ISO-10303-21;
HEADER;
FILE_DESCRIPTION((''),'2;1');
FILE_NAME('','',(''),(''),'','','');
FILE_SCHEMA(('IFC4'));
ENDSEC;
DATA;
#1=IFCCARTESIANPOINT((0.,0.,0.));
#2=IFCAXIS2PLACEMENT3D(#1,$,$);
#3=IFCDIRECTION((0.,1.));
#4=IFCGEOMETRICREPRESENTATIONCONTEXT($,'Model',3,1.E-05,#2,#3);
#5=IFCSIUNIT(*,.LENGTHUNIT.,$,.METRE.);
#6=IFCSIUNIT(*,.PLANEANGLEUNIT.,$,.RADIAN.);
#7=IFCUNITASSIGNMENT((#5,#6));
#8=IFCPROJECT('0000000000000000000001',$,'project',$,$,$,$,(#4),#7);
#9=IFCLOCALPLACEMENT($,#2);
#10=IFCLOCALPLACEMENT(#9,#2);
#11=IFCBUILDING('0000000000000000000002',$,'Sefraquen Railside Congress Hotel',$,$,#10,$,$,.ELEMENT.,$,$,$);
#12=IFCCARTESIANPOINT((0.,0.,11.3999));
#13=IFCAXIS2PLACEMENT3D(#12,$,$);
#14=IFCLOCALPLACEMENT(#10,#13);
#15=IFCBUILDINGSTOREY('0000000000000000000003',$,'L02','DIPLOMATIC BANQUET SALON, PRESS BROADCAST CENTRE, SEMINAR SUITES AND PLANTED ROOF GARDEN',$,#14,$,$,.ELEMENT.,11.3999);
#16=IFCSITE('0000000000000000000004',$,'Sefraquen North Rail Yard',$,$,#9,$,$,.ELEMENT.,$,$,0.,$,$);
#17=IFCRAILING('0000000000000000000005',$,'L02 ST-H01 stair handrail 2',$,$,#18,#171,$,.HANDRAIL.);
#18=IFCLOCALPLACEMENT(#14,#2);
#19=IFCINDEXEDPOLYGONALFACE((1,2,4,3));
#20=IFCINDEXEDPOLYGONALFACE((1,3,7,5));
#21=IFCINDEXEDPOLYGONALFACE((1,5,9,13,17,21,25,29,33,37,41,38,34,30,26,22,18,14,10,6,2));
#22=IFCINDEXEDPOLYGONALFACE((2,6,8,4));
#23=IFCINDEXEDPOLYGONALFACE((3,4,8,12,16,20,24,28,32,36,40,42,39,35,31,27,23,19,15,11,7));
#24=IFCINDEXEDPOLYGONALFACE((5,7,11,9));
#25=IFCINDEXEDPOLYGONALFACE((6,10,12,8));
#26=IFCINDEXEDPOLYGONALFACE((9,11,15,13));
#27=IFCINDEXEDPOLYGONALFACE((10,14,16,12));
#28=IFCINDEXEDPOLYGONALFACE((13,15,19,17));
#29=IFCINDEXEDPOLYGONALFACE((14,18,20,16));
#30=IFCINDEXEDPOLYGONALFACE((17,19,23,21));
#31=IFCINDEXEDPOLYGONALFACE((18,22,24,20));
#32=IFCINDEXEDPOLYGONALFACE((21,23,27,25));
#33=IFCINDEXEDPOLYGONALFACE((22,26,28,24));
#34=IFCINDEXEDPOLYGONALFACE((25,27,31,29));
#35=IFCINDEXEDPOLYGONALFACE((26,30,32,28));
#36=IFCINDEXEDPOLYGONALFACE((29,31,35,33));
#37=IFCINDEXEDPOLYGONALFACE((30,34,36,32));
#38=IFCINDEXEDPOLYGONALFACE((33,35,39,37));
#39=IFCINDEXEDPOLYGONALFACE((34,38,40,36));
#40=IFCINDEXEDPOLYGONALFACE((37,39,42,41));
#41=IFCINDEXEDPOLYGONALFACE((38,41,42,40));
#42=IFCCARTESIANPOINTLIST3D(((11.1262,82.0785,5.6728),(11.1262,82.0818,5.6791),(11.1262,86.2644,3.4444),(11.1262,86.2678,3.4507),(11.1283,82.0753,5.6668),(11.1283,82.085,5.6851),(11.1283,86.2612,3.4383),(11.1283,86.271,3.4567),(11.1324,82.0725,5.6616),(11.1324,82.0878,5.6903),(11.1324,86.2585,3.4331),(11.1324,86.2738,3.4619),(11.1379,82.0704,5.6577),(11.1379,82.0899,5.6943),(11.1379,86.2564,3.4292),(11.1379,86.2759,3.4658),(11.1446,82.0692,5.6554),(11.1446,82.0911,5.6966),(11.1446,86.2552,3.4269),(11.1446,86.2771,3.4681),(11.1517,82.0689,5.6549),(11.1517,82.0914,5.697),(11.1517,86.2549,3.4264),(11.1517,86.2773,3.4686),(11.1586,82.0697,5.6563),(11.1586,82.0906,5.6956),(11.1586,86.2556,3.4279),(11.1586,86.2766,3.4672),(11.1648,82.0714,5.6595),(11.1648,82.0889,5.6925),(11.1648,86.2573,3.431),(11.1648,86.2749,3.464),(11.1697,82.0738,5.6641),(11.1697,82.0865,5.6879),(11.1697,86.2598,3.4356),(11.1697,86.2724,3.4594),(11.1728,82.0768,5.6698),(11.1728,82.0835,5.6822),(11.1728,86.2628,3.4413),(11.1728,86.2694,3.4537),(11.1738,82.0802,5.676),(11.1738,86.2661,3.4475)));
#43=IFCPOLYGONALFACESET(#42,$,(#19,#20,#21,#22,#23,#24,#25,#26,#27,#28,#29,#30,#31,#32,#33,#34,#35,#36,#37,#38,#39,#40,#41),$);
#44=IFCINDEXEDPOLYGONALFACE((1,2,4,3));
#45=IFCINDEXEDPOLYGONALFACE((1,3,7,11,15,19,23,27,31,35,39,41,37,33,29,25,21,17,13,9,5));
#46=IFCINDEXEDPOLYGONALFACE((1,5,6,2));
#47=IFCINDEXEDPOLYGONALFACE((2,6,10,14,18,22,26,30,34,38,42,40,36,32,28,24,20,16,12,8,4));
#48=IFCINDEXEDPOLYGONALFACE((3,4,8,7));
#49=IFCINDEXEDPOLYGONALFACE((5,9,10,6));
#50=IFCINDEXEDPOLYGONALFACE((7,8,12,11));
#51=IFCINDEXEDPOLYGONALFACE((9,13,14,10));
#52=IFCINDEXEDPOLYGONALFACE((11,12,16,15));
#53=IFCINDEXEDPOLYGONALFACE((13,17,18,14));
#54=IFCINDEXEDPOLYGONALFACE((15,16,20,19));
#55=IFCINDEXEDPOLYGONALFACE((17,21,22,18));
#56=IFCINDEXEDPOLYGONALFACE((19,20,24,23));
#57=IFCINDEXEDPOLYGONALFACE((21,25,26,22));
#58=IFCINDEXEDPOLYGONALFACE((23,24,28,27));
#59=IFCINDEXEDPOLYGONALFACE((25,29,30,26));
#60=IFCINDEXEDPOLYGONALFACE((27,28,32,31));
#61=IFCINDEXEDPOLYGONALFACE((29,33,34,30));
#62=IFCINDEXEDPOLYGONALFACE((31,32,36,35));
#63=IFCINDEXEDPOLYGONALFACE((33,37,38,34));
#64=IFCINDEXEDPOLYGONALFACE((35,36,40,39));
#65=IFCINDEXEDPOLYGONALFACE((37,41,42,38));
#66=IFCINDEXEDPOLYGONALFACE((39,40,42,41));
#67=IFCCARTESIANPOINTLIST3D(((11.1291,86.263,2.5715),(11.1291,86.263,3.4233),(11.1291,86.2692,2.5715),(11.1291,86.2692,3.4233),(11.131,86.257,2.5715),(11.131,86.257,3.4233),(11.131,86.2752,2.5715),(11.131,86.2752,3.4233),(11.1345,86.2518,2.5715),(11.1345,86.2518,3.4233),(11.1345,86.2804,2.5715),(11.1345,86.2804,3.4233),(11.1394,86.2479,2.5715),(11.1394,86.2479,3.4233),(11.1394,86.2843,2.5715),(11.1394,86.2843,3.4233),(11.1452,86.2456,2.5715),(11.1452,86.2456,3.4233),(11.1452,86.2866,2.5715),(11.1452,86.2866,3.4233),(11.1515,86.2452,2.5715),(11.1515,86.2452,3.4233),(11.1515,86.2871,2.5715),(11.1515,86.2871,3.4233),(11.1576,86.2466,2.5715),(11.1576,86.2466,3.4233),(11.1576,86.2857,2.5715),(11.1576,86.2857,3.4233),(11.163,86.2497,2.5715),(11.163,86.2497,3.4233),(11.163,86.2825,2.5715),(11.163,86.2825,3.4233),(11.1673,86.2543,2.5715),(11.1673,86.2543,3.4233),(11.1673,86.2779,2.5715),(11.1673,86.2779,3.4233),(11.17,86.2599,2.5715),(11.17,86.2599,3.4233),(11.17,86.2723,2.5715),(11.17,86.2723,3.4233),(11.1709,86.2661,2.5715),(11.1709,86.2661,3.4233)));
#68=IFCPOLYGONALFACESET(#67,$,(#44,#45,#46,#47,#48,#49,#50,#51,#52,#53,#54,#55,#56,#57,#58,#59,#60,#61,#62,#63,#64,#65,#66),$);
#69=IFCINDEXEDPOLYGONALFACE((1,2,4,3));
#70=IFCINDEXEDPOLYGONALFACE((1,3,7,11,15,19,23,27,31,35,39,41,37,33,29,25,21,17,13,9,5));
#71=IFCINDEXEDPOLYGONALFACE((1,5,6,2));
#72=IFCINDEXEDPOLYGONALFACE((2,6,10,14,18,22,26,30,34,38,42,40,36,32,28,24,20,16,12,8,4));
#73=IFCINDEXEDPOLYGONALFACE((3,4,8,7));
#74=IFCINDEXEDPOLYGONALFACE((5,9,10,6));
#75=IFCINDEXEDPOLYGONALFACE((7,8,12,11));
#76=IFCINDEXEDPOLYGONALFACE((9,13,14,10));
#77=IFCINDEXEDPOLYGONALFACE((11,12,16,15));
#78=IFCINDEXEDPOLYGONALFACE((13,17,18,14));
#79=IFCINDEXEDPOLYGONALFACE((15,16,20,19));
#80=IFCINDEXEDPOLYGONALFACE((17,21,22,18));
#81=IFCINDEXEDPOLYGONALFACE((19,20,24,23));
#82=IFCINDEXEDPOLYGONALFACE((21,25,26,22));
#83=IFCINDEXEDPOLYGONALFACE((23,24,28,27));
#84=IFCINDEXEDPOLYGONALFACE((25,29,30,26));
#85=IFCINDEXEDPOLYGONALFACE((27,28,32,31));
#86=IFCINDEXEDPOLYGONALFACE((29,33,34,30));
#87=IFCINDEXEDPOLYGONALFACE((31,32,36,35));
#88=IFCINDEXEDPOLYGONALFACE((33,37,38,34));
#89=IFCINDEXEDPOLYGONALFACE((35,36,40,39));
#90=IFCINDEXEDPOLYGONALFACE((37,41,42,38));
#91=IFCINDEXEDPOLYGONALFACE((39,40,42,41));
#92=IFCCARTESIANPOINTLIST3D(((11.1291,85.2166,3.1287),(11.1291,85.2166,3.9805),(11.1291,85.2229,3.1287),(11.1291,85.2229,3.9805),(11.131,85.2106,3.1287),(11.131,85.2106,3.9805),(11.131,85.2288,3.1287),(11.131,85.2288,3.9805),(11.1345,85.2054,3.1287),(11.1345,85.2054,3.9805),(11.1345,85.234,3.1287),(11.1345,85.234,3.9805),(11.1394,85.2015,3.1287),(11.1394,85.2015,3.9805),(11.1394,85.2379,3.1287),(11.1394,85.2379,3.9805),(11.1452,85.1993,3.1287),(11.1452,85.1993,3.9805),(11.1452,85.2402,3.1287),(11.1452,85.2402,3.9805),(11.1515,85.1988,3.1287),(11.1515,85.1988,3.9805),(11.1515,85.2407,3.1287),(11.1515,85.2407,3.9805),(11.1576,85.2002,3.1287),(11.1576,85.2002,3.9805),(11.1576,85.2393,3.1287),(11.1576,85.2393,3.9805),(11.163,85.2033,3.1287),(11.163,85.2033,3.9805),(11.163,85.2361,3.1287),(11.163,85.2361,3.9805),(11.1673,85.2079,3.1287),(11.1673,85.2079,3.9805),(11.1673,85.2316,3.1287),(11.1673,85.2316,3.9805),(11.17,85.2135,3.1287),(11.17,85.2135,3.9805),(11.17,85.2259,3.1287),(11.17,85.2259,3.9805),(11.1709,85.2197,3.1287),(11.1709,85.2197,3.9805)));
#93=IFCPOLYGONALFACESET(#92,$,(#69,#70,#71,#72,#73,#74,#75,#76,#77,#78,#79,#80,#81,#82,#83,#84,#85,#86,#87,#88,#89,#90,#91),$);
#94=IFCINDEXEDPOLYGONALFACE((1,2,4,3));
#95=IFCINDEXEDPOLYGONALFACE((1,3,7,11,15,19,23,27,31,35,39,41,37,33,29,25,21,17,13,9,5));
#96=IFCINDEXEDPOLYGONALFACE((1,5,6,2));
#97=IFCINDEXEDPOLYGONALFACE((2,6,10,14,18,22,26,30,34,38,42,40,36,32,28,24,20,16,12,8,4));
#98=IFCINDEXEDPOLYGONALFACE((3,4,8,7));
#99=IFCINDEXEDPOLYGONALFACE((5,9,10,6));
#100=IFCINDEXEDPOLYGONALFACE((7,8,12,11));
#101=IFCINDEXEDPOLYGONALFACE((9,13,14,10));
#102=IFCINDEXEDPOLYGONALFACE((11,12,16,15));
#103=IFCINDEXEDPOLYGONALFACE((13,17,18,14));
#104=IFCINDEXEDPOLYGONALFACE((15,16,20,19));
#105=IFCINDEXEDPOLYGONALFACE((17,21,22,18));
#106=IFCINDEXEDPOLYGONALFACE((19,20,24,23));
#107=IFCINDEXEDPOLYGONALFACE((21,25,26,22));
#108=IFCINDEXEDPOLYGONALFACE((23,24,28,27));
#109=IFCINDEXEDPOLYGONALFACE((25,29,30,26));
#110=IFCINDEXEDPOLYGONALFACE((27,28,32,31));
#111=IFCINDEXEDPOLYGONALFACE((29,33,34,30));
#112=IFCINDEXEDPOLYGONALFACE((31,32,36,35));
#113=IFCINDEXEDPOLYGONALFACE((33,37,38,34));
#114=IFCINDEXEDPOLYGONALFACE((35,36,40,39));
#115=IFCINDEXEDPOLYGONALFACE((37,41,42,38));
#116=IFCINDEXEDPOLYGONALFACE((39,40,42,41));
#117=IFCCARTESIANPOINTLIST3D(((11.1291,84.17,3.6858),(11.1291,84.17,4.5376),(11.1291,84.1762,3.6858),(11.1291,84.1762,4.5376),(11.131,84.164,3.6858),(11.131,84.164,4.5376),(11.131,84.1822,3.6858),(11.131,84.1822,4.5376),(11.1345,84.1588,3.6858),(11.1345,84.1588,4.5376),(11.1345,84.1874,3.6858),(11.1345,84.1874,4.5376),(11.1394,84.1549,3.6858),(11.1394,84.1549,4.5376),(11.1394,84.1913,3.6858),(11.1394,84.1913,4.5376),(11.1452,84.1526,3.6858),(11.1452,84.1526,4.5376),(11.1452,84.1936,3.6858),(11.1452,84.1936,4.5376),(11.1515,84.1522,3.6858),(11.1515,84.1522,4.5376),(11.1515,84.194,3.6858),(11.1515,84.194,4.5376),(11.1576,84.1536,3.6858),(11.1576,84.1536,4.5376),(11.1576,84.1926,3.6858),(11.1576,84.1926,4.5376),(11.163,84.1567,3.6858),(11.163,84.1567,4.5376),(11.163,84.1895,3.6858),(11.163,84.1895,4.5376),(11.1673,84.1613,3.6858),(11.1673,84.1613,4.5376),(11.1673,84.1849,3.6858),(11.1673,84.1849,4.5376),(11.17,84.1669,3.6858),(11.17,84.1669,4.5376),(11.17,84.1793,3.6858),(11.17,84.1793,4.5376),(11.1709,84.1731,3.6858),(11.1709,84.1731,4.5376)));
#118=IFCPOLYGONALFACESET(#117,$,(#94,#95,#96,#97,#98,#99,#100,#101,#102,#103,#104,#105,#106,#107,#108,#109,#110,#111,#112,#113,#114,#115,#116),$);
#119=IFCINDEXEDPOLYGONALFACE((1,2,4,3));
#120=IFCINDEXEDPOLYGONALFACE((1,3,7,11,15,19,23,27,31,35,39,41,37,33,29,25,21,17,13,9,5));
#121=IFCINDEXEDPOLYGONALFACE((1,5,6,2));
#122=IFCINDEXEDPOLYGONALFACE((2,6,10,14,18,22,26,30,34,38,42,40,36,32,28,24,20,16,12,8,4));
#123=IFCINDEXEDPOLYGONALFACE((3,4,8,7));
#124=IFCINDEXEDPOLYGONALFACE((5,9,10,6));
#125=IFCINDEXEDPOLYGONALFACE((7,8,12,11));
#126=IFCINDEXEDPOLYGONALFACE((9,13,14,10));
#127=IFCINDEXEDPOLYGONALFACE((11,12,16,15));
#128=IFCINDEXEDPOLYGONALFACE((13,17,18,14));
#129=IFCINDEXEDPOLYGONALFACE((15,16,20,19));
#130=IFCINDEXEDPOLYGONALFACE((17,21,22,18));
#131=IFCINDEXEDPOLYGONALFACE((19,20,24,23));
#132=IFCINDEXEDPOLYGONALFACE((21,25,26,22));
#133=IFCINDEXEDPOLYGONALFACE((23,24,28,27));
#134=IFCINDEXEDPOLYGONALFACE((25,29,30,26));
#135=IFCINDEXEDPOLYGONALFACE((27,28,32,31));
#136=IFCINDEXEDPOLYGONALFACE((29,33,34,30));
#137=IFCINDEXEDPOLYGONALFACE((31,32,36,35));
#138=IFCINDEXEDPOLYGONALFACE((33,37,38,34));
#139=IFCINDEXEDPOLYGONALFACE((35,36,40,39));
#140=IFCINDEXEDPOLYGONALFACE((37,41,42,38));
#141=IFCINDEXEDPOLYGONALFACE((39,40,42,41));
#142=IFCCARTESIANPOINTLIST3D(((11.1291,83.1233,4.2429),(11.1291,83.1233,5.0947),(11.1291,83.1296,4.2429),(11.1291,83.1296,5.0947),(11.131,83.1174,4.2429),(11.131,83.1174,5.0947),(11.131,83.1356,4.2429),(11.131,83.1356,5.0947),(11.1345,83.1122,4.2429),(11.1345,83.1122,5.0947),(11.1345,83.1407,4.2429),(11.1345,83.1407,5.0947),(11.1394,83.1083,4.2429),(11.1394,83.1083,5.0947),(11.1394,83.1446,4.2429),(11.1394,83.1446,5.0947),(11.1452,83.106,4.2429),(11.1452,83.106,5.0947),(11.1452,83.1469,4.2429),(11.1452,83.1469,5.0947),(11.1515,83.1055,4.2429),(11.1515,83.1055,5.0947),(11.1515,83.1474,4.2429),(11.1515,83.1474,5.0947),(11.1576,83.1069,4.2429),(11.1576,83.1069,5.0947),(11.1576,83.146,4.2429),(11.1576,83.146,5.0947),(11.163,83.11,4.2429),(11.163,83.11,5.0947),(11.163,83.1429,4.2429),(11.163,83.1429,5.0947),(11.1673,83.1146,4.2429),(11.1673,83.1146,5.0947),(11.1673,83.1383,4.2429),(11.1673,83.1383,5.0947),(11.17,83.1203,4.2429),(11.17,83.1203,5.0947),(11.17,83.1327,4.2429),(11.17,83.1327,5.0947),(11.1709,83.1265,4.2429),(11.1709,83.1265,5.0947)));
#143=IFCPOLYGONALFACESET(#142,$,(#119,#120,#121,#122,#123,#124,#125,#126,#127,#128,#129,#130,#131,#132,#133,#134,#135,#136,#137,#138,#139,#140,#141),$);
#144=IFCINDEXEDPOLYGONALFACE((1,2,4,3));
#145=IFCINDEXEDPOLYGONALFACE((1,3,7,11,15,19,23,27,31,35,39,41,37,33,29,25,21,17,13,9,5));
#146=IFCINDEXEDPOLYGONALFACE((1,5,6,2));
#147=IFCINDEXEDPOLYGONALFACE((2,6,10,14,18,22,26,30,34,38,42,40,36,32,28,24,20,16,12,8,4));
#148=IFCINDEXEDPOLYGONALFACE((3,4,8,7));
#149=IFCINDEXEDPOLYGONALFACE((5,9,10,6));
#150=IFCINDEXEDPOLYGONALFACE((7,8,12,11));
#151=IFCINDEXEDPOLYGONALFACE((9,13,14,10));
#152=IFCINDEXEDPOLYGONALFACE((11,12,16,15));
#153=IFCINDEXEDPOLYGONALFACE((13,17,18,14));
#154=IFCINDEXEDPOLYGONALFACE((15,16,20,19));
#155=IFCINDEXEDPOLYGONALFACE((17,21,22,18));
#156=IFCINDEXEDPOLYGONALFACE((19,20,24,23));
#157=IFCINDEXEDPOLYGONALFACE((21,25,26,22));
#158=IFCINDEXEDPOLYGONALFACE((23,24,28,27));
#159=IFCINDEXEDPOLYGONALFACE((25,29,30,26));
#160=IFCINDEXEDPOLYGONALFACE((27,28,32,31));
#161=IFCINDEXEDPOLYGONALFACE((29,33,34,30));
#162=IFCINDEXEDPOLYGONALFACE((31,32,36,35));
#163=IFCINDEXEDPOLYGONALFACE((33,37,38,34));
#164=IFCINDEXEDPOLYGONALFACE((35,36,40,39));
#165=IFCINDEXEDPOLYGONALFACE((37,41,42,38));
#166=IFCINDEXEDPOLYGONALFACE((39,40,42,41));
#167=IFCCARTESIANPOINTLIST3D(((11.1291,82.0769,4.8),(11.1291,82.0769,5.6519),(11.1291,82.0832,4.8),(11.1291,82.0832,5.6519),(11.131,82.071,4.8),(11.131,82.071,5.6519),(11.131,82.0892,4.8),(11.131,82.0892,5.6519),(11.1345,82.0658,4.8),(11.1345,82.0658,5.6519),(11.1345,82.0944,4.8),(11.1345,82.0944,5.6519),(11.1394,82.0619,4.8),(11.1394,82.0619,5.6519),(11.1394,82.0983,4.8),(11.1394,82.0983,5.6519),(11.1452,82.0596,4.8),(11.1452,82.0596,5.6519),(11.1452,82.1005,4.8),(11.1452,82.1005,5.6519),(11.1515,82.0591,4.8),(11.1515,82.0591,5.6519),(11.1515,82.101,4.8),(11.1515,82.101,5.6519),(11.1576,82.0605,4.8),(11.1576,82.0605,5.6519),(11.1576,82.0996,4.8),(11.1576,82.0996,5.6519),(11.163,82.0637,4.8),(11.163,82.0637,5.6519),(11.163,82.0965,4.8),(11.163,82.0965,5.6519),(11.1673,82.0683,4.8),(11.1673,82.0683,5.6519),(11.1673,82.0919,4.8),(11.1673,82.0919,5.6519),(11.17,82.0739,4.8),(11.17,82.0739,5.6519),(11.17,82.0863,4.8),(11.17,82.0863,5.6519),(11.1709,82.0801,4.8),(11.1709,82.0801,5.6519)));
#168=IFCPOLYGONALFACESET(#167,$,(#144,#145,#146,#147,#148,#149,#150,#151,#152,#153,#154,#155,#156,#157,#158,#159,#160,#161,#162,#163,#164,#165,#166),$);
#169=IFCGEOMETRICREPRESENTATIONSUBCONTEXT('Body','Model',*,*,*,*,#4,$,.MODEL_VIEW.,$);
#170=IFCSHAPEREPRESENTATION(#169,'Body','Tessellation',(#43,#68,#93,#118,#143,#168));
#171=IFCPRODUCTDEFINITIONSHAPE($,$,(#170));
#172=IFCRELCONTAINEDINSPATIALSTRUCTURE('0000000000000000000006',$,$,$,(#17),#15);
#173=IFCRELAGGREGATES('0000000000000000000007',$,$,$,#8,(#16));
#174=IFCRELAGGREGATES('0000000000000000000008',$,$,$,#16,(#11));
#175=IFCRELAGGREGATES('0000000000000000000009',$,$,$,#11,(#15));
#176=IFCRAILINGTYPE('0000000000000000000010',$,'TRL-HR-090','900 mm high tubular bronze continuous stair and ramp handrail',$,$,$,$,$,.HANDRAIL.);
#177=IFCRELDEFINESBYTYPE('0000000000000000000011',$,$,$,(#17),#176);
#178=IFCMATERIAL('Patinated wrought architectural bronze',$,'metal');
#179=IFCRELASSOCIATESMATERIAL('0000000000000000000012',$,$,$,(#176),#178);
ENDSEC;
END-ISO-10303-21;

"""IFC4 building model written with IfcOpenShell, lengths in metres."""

from ifc_helpers import new_model, si_unit, direction, frame, origin, origin_2d, place, context, subcontext, project, spatial, circle, extrude, material, type_object, element, save


model = new_model("IFC4")

# Units and contexts
model_context = context("Model", 3, precision=1e-05, world=origin(), true_north=direction((0.0, 1.0)))
body_context = subcontext(model_context, "Body", "Model", "MODEL_VIEW")
ifc_project = project(units=[si_unit("LENGTHUNIT", "METRE"), si_unit("PLANEANGLEUNIT", "RADIAN")], contexts=[model_context])

# Site, building, storey
site_placement = place(None, origin())
site = spatial("IfcSite", under=ifc_project, at=site_placement, Name="Sefraquen North Rail Yard", CompositionType="ELEMENT", RefElevation=0.0)
building_placement = place(site_placement, origin())
building = spatial("IfcBuilding", under=site, at=building_placement, Name="Sefraquen Railside Congress Hotel", CompositionType="ELEMENT")
storey_placement = place(building_placement, frame((0.0, 0.0, 11.3999)))
storey = spatial("IfcBuildingStorey", under=building, at=storey_placement, Name="L02", Description="DIPLOMATIC BANQUET SALON, PRESS BROADCAST CENTRE, SEMINAR SUITES AND PLANTED ROOF GARDEN", CompositionType="ELEMENT", Elevation=11.3999)

# Railing
ifc_material_1 = material(Name="Patinated wrought architectural bronze", Category="metal")
railing_type_1 = type_object("IfcRailingType", Name="TRL-HR-090", Description="900 mm high tubular bronze continuous stair and ramp handrail", PredefinedType="HANDRAIL", material=ifc_material_1)
railing_1_placement = place(storey_placement, frame((11.1499, 86.2661, 2.5715)))
element("IfcRailing", 1, at=railing_1_placement, inside=storey, type_object=railing_type_1, Name="L02 ST-H01 stair handrail 2", PredefinedType="HANDRAIL", context=body_context, shape_type="SweptSolid", body=[
    extrude(circle(Radius=0.0239, at=origin_2d()), frame((0.0, 0.0, 0.876), z_axis=(0.0, -0.882706, 0.469925), x_axis=(1.0, 0.0, 0.0)), (0.0, 0.0, 1.0), 4.7422),
    extrude(circle(Radius=0.021, at=origin_2d()), origin(), (0.0, 0.0, 1.0), 0.8518),
    extrude(circle(Radius=0.021, at=origin_2d()), frame((0.0, -1.0464, 0.5571)), (0.0, 0.0, 1.0), 0.8518),
    extrude(circle(Radius=0.021, at=origin_2d()), frame((0.0, -2.093, 1.1143)), (0.0, 0.0, 1.0), 0.8518),
    extrude(circle(Radius=0.021, at=origin_2d()), frame((0.0, -3.1396, 1.6714)), (0.0, 0.0, 1.0), 0.8518),
    extrude(circle(Radius=0.021, at=origin_2d()), frame((0.0, -4.186, 2.2285)), (0.0, 0.0, 1.0), 0.8518),
])

save(model, "model.ifc")
